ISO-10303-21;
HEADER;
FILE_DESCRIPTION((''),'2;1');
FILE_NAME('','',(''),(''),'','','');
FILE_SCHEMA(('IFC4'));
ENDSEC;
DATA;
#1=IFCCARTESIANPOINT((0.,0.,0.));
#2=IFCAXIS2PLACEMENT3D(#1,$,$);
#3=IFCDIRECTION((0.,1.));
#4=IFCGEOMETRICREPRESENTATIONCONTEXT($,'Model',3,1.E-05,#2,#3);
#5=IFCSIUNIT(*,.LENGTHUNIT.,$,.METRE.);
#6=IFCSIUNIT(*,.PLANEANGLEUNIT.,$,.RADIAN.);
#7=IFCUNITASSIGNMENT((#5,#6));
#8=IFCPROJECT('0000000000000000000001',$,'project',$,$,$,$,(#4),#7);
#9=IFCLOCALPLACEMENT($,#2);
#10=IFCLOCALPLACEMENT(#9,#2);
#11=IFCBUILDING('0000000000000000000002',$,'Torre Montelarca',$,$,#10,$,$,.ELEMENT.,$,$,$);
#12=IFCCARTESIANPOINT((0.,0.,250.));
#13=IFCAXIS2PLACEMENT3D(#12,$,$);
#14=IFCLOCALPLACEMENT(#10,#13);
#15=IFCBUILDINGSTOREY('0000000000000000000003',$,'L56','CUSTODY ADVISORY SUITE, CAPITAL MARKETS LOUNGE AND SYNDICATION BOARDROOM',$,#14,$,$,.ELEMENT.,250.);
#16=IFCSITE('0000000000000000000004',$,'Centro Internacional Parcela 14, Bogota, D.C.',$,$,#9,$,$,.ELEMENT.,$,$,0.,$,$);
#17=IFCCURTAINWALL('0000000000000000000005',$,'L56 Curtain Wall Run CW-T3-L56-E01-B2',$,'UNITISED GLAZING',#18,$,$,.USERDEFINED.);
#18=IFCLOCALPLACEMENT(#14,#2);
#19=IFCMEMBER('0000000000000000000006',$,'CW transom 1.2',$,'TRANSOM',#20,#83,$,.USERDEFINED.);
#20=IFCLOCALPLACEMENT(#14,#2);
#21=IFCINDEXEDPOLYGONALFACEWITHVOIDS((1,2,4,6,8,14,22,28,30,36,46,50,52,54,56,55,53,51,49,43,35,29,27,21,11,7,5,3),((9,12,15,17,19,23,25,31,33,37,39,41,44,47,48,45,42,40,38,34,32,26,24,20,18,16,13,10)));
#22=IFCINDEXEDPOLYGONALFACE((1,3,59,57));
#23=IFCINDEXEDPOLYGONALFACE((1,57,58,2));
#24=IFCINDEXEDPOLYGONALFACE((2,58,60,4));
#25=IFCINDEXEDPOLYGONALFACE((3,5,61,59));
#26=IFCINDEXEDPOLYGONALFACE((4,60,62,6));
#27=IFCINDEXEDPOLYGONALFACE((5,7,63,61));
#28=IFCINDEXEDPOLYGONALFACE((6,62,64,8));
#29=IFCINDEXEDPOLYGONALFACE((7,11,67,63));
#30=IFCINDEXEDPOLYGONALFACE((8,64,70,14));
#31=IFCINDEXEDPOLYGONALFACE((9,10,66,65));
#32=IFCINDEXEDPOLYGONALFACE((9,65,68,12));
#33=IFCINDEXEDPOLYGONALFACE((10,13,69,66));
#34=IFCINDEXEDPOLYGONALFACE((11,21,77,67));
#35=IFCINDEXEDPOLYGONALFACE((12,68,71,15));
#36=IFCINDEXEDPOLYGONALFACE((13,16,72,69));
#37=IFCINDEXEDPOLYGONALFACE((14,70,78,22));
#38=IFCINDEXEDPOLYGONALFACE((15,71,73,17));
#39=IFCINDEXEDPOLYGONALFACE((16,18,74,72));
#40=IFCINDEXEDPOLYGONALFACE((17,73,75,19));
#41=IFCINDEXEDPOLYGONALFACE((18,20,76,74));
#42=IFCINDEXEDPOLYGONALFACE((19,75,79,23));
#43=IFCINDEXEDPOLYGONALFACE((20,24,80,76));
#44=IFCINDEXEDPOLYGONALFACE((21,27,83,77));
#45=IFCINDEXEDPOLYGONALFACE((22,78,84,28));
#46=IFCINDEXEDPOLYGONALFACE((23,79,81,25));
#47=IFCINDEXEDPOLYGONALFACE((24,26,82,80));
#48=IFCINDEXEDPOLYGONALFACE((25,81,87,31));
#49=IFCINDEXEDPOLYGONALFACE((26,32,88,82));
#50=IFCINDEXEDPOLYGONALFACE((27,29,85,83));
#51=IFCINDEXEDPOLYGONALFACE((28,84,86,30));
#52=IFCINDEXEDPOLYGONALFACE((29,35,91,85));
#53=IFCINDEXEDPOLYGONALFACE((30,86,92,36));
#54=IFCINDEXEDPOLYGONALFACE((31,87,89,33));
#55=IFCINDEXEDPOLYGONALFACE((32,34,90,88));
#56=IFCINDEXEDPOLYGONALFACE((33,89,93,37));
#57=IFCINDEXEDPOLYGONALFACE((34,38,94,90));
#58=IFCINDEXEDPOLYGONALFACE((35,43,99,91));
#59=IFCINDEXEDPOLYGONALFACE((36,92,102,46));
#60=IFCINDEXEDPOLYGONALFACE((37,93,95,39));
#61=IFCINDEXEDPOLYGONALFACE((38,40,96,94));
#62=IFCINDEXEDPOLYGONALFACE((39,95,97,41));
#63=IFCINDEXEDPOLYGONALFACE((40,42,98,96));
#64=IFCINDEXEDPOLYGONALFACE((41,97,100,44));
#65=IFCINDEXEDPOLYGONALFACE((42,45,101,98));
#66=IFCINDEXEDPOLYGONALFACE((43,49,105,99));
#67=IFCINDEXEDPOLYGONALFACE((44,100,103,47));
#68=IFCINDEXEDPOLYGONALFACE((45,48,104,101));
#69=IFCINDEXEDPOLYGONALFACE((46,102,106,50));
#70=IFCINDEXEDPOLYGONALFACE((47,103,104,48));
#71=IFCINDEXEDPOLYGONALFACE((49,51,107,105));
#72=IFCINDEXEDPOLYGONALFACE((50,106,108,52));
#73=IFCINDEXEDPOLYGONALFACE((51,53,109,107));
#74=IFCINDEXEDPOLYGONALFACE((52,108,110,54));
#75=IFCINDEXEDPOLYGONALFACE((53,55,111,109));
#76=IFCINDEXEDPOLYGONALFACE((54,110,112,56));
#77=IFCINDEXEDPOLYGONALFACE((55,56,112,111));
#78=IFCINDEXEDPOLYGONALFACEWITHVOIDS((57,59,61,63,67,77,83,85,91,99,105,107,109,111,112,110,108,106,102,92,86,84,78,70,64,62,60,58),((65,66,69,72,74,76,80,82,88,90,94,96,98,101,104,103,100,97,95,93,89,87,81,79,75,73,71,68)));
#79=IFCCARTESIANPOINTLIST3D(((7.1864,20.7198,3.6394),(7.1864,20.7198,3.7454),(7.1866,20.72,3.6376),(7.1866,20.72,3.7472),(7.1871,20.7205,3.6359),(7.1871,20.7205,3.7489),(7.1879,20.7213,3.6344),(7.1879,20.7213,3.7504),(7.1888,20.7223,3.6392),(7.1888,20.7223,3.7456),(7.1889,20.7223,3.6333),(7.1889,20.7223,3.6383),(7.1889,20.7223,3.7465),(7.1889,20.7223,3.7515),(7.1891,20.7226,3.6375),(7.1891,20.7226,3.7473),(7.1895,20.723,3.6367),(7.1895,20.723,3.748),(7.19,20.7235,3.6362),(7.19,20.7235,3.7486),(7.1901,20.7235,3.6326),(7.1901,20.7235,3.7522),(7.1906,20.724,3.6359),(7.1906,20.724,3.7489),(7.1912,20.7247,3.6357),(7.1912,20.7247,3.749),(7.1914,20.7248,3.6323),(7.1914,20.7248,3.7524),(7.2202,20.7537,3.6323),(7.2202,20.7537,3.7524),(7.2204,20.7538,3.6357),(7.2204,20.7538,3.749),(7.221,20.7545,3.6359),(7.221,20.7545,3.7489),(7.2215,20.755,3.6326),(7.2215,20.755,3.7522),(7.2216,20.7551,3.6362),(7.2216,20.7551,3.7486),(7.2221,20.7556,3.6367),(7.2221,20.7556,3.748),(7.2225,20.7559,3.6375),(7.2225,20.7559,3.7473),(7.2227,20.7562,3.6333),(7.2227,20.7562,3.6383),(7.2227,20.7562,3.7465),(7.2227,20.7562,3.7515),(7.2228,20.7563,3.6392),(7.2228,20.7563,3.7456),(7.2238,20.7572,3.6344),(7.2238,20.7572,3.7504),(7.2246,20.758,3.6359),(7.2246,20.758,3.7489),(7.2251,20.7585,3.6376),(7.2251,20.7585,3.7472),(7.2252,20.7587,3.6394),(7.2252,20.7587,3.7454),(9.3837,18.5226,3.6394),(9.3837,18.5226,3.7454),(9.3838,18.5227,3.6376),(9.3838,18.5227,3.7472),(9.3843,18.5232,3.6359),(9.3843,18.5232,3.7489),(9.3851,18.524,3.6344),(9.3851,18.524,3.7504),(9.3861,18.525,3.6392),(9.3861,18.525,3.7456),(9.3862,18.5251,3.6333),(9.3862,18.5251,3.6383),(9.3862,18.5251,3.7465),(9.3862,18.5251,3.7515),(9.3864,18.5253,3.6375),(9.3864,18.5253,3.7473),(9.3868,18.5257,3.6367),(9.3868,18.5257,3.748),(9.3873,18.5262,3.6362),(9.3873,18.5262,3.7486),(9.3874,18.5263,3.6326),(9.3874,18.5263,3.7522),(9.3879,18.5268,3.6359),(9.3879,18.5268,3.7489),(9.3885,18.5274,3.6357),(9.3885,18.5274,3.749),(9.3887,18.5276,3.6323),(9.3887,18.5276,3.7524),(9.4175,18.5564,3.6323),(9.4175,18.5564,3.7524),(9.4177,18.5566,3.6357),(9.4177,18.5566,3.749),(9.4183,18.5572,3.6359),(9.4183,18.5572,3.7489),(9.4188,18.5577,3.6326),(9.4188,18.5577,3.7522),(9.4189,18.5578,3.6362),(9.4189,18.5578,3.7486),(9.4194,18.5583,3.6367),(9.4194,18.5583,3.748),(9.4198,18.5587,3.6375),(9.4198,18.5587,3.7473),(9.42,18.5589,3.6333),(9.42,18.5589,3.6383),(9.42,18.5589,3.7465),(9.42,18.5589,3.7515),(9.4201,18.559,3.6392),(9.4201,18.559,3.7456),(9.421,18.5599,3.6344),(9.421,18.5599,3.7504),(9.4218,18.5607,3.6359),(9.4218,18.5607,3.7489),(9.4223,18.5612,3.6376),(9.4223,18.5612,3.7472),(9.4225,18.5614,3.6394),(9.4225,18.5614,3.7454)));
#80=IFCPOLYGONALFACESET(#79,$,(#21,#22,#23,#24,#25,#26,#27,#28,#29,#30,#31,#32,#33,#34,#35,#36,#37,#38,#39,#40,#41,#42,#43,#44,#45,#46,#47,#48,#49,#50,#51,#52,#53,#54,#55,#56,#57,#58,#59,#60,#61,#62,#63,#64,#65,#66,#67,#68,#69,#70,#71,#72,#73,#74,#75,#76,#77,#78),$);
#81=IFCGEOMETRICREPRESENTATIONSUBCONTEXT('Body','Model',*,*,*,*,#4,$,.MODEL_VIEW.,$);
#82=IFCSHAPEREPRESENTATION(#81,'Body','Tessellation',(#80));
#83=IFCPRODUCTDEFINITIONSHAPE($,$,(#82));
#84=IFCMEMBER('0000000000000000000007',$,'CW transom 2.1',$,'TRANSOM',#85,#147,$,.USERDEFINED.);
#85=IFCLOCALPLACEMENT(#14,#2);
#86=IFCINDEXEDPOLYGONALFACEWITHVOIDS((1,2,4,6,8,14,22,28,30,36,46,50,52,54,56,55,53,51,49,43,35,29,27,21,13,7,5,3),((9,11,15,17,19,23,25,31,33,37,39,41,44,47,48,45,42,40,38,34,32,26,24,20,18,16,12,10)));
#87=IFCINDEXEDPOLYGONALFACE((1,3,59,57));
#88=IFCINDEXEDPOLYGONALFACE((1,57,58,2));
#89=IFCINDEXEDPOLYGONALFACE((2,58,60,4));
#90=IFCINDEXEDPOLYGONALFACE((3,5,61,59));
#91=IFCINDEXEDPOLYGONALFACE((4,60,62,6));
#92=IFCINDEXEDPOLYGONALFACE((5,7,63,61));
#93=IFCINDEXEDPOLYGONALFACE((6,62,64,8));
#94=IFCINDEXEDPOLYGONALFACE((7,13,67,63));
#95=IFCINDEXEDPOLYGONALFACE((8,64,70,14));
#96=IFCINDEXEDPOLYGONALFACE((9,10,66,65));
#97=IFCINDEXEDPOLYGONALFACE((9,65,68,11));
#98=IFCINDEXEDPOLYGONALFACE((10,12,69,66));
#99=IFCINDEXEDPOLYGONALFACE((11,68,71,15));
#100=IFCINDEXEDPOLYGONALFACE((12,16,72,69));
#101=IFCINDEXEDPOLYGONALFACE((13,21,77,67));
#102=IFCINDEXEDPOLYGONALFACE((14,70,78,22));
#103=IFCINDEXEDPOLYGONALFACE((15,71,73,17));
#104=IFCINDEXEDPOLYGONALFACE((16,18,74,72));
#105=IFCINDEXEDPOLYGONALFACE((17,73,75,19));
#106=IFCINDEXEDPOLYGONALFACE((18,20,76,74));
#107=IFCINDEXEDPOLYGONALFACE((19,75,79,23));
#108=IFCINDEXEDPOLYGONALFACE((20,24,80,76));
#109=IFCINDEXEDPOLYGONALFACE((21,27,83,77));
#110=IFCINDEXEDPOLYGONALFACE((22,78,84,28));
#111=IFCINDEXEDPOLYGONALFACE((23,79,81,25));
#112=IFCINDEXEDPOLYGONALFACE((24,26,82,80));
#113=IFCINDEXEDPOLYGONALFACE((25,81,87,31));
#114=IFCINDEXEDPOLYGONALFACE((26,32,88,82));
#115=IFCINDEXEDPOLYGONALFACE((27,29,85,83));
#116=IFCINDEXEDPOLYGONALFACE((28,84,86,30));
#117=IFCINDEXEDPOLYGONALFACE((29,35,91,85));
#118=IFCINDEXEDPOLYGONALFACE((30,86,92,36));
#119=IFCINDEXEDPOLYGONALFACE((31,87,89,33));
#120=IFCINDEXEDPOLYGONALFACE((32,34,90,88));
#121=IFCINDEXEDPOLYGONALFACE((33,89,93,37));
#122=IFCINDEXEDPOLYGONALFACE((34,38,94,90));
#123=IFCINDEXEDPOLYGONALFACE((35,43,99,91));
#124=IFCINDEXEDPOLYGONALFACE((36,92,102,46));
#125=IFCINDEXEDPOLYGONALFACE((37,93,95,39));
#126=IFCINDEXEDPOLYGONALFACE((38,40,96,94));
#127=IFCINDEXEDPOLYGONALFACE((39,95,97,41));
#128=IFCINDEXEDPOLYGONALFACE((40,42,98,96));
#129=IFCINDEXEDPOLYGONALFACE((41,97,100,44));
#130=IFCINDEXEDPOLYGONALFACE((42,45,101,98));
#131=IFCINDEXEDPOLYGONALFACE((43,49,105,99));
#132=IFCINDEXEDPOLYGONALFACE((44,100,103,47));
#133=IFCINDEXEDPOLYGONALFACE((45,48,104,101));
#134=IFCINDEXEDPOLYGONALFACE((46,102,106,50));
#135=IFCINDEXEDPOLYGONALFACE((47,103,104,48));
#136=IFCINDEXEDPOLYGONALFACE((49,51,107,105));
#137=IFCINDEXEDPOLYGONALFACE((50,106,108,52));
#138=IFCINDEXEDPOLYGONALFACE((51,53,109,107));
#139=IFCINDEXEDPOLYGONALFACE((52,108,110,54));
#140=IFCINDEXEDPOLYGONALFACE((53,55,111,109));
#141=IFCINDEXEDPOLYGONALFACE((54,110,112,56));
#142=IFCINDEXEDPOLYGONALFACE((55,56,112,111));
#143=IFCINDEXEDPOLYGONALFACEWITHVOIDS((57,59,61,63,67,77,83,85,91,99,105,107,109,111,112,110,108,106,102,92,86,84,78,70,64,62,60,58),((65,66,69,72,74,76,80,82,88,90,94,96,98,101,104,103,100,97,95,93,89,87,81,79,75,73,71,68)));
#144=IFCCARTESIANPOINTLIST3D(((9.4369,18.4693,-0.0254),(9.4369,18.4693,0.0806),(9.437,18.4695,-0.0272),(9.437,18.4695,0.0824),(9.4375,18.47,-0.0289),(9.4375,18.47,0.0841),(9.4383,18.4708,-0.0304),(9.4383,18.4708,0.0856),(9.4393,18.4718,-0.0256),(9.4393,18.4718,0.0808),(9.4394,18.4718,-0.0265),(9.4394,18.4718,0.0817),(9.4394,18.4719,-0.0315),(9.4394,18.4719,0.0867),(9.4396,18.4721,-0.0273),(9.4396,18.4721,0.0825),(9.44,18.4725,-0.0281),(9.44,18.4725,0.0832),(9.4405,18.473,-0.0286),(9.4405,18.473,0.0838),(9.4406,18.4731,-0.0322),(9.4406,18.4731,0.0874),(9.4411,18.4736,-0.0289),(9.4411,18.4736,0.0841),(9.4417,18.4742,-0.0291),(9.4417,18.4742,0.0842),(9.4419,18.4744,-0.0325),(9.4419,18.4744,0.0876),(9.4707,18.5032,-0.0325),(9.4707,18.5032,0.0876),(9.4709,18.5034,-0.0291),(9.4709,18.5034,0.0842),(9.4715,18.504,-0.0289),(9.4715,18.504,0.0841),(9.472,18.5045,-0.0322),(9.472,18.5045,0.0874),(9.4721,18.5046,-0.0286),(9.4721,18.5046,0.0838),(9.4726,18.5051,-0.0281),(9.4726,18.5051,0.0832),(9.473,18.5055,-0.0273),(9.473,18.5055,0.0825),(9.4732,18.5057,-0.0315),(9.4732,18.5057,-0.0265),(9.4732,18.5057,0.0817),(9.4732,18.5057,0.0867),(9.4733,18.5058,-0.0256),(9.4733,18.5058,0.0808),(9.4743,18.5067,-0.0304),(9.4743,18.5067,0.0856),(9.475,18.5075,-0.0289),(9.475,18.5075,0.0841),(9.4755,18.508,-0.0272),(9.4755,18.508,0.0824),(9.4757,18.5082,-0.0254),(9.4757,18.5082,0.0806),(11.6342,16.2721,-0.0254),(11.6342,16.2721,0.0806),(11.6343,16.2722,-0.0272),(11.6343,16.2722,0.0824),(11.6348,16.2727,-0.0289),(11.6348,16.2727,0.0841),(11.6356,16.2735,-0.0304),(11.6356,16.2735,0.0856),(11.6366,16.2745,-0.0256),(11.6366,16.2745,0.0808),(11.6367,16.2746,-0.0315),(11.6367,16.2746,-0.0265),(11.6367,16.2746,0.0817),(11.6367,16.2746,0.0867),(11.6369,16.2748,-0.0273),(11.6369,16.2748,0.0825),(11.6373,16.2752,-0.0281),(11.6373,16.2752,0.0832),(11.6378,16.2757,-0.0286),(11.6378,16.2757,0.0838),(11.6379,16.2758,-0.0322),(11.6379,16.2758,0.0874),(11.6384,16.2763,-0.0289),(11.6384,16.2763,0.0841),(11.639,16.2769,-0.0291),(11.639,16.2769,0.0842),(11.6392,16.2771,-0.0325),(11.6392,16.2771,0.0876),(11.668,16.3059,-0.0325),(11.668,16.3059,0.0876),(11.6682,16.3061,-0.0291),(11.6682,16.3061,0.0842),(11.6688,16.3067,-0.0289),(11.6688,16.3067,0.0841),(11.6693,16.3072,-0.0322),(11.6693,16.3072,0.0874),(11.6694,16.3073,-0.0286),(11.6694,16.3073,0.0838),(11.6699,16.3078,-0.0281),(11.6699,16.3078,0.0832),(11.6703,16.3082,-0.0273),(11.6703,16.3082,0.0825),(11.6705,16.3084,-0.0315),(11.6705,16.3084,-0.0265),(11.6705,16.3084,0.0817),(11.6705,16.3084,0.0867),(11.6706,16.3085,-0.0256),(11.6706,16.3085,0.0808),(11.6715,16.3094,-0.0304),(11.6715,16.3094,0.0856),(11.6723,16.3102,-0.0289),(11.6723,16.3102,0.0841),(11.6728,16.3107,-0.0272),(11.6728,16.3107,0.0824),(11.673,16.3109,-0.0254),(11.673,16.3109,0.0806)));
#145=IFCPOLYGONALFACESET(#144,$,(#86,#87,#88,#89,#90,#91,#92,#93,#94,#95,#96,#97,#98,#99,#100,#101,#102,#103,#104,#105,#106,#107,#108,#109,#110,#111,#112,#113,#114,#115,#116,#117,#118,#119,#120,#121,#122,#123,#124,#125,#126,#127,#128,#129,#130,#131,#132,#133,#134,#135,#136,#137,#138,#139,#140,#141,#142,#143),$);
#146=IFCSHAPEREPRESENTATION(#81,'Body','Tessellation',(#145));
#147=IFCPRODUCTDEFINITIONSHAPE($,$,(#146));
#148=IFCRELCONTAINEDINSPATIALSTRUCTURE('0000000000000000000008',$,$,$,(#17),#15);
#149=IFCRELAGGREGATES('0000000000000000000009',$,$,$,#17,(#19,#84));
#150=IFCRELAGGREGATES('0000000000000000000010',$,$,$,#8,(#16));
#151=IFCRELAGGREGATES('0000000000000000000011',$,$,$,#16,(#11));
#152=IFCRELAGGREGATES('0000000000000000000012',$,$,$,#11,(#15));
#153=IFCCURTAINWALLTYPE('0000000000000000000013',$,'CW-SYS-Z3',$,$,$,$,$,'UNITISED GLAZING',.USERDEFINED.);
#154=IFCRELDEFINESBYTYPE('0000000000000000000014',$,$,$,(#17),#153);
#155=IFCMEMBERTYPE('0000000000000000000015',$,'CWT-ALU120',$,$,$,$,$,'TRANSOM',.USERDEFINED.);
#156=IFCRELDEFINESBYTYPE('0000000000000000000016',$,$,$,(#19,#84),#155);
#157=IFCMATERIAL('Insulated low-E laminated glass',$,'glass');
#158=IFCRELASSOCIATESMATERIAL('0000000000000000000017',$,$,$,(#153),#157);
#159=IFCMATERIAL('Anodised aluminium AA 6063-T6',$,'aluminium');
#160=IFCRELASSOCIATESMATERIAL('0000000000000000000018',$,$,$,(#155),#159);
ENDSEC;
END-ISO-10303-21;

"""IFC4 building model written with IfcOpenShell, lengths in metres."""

from ifc_helpers import new_model, si_unit, direction, frame, origin, origin_2d, place, context, subcontext, project, spatial, hollow_rectangle, extrude, source, transform, mapped, material, material_profile, profile_set, type_object, element, aggregate, save


model = new_model("IFC4")

# Units and contexts
model_context = context("Model", 3, precision=1e-05, world=origin(), true_north=direction((0.0, 1.0)))
body_context = subcontext(model_context, "Body", "Model", "MODEL_VIEW")
ifc_project = project(units=[si_unit("LENGTHUNIT", "METRE"), si_unit("PLANEANGLEUNIT", "RADIAN")], contexts=[model_context])

# Site, building, storey
site_placement = place(None, origin())
site = spatial("IfcSite", under=ifc_project, at=site_placement, Name="Centro Internacional Parcela 14, Bogota, D.C.", CompositionType="ELEMENT", RefElevation=0.0)
building_placement = place(site_placement, origin())
building = spatial("IfcBuilding", under=site, at=building_placement, Name="Torre Montelarca", CompositionType="ELEMENT")
storey_placement = place(building_placement, frame((0.0, 0.0, 250.0)))
storey = spatial("IfcBuildingStorey", under=building, at=storey_placement, Name="L56", Description="CUSTODY ADVISORY SUITE, CAPITAL MARKETS LOUNGE AND SYNDICATION BOARDROOM", CompositionType="ELEMENT", Elevation=250.0)

# Curtain wall
ifc_material_1 = material(Name="Insulated low-E laminated glass", Category="glass")
curtain_wall_type = type_object("IfcCurtainWallType", Name="CW-SYS-Z3", ElementType="UNITISED GLAZING", PredefinedType="USERDEFINED", material=ifc_material_1)
ifc_material_2 = material(Name="Anodised aluminium AA 6063-T6", Category="aluminium")
ifc_material_profile_1 = material_profile(ifc_material_2, hollow_rectangle(XDim=0.0549, YDim=0.1201, WallThickness=0.0034, InnerFilletRadius=0.0034, OuterFilletRadius=0.0071, at=origin_2d()), Name="ALU55X120X3.5", Category="aluminium")
ifc_profile_set_1 = profile_set([ifc_material_profile_1], Name="Anodised aluminium AA 6063-T6")
member_type_1 = type_object("IfcMemberType", Name="CWT-ALU120", ElementType="TRANSOM", PredefinedType="USERDEFINED", material=ifc_profile_set_1)
curtain_wall_1_placement = place(storey_placement, origin())
curtain_wall_1 = element("IfcCurtainWall", 1, at=curtain_wall_1_placement, inside=storey, type_object=curtain_wall_type, Name="L56 Curtain Wall Run CW-T3-L56-E01-B2", ObjectType="UNITISED GLAZING", PredefinedType="USERDEFINED")

# Members
shared_shape_1 = source(origin(), body_context, "Body", "SweptSolid", [
    extrude(hollow_rectangle(XDim=0.0549, YDim=0.1201, WallThickness=0.0034, InnerFilletRadius=0.0034, OuterFilletRadius=0.0071, at=origin_2d()), origin(), (0.0, 0.0, 1.0), 3.1074),
])
member_1_placement = place(storey_placement, frame((7.2058, 20.7393, 3.6924), z_axis=(0.707107, -0.707107, 0.0), x_axis=(0.707107, 0.707107, 0.0)))
member_1 = element("IfcMember", 2, at=member_1_placement, type_object=member_type_1, Name="CW transom 1.2", ObjectType="TRANSOM", PredefinedType="USERDEFINED", context=body_context, shape_type="MappedRepresentation", body=[
    mapped(shared_shape_1, transform((0.0, 0.0, 0.0), scale=1.0)),
])
member_2_placement = place(storey_placement, frame((9.4563, 18.4888, 0.0276), z_axis=(0.707107, -0.707107, 0.0), x_axis=(0.707107, 0.707107, 0.0)))
member_2 = element("IfcMember", 3, at=member_2_placement, type_object=member_type_1, Name="CW transom 2.1", ObjectType="TRANSOM", PredefinedType="USERDEFINED", context=body_context, shape_type="MappedRepresentation", body=[
    mapped(shared_shape_1, transform((0.0, 0.0, 0.0), scale=1.0)),
])

aggregate(curtain_wall_1, [member_1, member_2])

save(model, "model.ifc")
